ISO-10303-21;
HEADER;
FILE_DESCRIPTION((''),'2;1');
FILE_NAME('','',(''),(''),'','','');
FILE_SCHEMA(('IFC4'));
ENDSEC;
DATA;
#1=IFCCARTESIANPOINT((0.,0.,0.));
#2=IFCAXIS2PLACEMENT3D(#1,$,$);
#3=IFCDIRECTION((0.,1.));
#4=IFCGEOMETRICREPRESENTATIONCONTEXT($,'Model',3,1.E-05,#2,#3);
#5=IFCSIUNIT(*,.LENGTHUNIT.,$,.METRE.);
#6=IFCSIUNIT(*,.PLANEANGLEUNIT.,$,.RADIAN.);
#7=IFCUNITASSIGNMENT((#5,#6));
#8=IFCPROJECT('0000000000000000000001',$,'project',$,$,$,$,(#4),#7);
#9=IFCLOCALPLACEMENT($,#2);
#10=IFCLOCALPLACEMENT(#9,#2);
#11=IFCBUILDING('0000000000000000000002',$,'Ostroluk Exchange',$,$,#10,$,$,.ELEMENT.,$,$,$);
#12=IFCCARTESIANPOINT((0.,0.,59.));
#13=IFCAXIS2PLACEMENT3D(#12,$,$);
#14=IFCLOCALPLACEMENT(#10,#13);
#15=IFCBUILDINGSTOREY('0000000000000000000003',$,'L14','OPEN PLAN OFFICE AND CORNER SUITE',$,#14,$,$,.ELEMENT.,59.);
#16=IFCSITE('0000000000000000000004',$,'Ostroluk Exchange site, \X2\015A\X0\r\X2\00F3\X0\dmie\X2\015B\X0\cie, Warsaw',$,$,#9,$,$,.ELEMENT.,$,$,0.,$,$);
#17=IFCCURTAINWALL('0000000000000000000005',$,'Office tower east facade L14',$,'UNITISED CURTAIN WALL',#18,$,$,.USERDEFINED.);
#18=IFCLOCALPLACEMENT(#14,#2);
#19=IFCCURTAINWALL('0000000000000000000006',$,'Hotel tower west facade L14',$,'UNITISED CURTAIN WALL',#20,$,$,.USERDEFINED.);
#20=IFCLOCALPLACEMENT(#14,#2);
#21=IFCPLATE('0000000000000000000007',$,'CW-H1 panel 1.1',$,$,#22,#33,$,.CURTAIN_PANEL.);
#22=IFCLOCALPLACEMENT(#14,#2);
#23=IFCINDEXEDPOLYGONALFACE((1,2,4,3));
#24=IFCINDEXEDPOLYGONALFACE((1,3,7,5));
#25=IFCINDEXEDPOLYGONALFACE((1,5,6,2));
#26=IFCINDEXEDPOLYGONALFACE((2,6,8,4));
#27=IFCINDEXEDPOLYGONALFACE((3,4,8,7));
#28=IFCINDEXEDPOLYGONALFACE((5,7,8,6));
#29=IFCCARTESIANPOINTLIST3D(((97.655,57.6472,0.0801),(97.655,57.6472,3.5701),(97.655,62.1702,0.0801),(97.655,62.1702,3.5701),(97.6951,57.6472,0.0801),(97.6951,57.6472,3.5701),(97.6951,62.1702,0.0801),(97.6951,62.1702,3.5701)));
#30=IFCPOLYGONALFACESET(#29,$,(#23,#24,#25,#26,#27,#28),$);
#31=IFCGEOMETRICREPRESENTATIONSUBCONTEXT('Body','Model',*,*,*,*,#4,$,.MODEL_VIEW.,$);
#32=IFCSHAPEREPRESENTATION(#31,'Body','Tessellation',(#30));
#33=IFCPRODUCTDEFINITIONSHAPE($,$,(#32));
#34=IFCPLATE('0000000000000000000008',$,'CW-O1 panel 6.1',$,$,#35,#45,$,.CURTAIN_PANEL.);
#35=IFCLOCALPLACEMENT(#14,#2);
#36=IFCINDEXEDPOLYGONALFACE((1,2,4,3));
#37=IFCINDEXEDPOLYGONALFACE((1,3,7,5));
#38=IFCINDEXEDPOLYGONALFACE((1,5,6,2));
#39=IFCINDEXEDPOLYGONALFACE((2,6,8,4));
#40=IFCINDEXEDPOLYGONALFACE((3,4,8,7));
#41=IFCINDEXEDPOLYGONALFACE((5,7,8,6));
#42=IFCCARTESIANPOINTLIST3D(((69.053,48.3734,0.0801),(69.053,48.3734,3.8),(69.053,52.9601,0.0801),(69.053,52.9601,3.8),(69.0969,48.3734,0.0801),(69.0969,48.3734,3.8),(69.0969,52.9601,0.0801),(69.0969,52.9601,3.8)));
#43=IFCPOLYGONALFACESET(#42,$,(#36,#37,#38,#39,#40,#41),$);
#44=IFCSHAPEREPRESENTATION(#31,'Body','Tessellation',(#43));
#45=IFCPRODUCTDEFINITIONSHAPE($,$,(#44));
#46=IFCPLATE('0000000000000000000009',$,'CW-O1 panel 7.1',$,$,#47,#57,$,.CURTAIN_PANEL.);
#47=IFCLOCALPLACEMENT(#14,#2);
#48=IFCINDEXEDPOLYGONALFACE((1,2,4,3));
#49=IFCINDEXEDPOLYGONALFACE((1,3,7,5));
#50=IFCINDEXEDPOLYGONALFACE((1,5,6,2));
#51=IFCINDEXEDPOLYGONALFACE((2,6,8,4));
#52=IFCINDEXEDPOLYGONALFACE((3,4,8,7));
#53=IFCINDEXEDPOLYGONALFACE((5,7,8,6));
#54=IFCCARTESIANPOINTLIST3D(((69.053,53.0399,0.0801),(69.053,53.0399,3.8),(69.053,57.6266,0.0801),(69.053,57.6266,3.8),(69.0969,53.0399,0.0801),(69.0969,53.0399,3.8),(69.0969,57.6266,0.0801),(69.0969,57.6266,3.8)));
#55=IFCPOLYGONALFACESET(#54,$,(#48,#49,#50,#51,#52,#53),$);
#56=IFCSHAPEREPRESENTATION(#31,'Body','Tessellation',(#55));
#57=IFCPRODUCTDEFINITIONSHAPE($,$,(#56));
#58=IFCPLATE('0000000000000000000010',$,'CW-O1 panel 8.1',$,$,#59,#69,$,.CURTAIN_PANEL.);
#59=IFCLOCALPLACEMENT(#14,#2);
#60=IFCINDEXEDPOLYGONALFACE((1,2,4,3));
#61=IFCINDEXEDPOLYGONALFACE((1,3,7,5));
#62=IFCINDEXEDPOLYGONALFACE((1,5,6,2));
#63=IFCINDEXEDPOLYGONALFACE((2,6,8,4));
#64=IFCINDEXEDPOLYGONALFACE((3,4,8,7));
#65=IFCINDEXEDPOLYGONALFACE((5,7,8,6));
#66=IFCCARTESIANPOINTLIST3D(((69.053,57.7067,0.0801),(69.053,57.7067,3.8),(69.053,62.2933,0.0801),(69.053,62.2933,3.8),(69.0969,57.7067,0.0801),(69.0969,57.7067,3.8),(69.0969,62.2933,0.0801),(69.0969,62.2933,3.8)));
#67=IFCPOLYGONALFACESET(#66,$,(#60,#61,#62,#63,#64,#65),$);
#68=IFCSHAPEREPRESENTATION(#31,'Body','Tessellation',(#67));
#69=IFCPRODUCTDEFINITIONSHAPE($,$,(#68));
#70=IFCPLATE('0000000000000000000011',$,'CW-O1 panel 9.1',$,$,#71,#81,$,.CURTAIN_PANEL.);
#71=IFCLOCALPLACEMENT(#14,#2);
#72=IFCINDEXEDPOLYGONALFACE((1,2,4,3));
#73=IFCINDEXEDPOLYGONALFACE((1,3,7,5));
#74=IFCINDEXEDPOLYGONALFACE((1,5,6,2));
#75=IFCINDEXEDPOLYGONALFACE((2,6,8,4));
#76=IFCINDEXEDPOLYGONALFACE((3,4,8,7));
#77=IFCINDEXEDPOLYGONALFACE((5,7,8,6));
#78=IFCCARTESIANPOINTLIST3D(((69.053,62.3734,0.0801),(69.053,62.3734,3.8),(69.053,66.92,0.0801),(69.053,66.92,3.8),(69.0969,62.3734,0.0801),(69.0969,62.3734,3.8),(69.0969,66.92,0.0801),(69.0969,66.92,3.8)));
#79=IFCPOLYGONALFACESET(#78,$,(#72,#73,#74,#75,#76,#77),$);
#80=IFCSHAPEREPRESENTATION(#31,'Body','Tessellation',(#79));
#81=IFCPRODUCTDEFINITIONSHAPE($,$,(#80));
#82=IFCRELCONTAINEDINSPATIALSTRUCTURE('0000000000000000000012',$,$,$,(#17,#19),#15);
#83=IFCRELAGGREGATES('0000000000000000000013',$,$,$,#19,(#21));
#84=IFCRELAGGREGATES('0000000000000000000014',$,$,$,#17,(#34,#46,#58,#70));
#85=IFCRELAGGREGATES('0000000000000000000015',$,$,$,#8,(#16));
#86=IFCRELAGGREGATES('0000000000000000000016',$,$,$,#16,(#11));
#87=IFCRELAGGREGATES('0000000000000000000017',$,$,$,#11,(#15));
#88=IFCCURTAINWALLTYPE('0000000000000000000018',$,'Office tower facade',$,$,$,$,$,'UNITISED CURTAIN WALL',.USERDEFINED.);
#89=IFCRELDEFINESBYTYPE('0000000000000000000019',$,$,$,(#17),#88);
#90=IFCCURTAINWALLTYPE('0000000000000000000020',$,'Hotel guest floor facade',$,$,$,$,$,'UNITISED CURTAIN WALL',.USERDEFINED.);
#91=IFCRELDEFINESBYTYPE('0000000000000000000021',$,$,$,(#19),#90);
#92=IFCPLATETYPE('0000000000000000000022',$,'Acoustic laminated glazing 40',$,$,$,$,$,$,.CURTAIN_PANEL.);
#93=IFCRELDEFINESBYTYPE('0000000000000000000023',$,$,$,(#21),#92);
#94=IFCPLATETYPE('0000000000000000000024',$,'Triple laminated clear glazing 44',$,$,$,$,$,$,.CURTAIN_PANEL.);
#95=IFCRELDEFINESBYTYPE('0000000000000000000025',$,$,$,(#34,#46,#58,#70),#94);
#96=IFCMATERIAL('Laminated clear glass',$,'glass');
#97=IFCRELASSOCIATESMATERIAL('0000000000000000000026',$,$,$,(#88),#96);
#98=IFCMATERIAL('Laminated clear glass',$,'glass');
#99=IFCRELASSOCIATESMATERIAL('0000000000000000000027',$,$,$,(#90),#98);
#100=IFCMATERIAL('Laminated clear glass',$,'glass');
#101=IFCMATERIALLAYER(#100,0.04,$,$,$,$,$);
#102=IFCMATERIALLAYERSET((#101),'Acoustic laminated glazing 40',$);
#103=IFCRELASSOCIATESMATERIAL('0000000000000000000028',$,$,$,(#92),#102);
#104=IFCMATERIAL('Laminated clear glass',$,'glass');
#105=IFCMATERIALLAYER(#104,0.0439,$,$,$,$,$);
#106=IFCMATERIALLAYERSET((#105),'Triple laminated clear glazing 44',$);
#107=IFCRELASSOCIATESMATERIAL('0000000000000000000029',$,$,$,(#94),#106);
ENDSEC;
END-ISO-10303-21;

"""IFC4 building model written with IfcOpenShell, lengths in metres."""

from ifc_helpers import new_model, si_unit, direction, frame, origin, origin_2d, place, context, subcontext, project, spatial, rectangle, extrude, material, layer, layer_set, type_object, element, aggregate, save


model = new_model("IFC4")

# Units and contexts
model_context = context("Model", 3, precision=1e-05, world=origin(), true_north=direction((0.0, 1.0)))
body_context = subcontext(model_context, "Body", "Model", "MODEL_VIEW")
ifc_project = project(units=[si_unit("LENGTHUNIT", "METRE"), si_unit("PLANEANGLEUNIT", "RADIAN")], contexts=[model_context])

# Site, building, storey
site_placement = place(None, origin())
site = spatial("IfcSite", under=ifc_project, at=site_placement, Name="Ostroluk Exchange site, Śródmieście, Warsaw", CompositionType="ELEMENT", RefElevation=0.0)
building_placement = place(site_placement, origin())
building = spatial("IfcBuilding", under=site, at=building_placement, Name="Ostroluk Exchange", CompositionType="ELEMENT")
storey_placement = place(building_placement, frame((0.0, 0.0, 59.0)))
storey = spatial("IfcBuildingStorey", under=building, at=storey_placement, Name="L14", Description="OPEN PLAN OFFICE AND CORNER SUITE", CompositionType="ELEMENT", Elevation=59.0)

# Curtain walls
ifc_material_1 = material(Name="Laminated clear glass", Category="glass")
curtain_wall_type_1 = type_object("IfcCurtainWallType", Name="Office tower facade", ElementType="UNITISED CURTAIN WALL", PredefinedType="USERDEFINED", material=ifc_material_1)
curtain_wall_1_placement = place(storey_placement, origin())
curtain_wall_1 = element("IfcCurtainWall", 1, at=curtain_wall_1_placement, inside=storey, type_object=curtain_wall_type_1, Name="Office tower east facade L14", ObjectType="UNITISED CURTAIN WALL", PredefinedType="USERDEFINED")
ifc_material_2 = material(Name="Laminated clear glass", Category="glass")
curtain_wall_type_2 = type_object("IfcCurtainWallType", Name="Hotel guest floor facade", ElementType="UNITISED CURTAIN WALL", PredefinedType="USERDEFINED", material=ifc_material_2)
curtain_wall_2_placement = place(storey_placement, origin())
curtain_wall_2 = element("IfcCurtainWall", 2, at=curtain_wall_2_placement, inside=storey, type_object=curtain_wall_type_2, Name="Hotel tower west facade L14", ObjectType="UNITISED CURTAIN WALL", PredefinedType="USERDEFINED")

# Plates
ifc_material_3 = material(Name="Laminated clear glass", Category="glass")
ifc_layer_1 = layer(ifc_material_3, 0.04)
ifc_layer_set_1 = layer_set([ifc_layer_1], Name="Acoustic laminated glazing 40")
plate_type_1 = type_object("IfcPlateType", Name="Acoustic laminated glazing 40", PredefinedType="CURTAIN_PANEL", material=ifc_layer_set_1)
plate_1_placement = place(storey_placement, frame((97.675, 59.9087, 0.0801), z_axis=(0.0, 0.0, 1.0), x_axis=(0.0, -1.0, 0.0)))
plate_1 = element("IfcPlate", 3, at=plate_1_placement, type_object=plate_type_1, Name="CW-H1 panel 1.1", PredefinedType="CURTAIN_PANEL", context=body_context, shape_type="SweptSolid", body=[
    extrude(rectangle(XDim=4.5229, YDim=0.04, at=origin_2d()), origin(), (0.0, 0.0, 1.0), 3.49),
])
aggregate(curtain_wall_2, [plate_1])
ifc_material_4 = material(Name="Laminated clear glass", Category="glass")
ifc_layer_2 = layer(ifc_material_4, 0.0439)
ifc_layer_set_2 = layer_set([ifc_layer_2], Name="Triple laminated clear glazing 44")
plate_type_2 = type_object("IfcPlateType", Name="Triple laminated clear glazing 44", PredefinedType="CURTAIN_PANEL", material=ifc_layer_set_2)
plate_2_placement = place(storey_placement, frame((69.075, 50.6667, 0.0801), z_axis=(0.0, 0.0, 1.0), x_axis=(0.0, 1.0, 0.0)))
plate_2 = element("IfcPlate", 4, at=plate_2_placement, type_object=plate_type_2, Name="CW-O1 panel 6.1", PredefinedType="CURTAIN_PANEL", context=body_context, shape_type="SweptSolid", body=[
    extrude(rectangle(XDim=4.5867, YDim=0.0439, at=origin_2d()), origin(), (0.0, 0.0, 1.0), 3.72),
])
plate_3_placement = place(storey_placement, frame((69.075, 55.3333, 0.0801), z_axis=(0.0, 0.0, 1.0), x_axis=(0.0, 1.0, 0.0)))
plate_3 = element("IfcPlate", 5, at=plate_3_placement, type_object=plate_type_2, Name="CW-O1 panel 7.1", PredefinedType="CURTAIN_PANEL", context=body_context, shape_type="SweptSolid", body=[
    extrude(rectangle(XDim=4.5867, YDim=0.0439, at=origin_2d()), origin(), (0.0, 0.0, 1.0), 3.72),
])
plate_4_placement = place(storey_placement, frame((69.075, 60.0, 0.0801), z_axis=(0.0, 0.0, 1.0), x_axis=(0.0, 1.0, 0.0)))
plate_4 = element("IfcPlate", 6, at=plate_4_placement, type_object=plate_type_2, Name="CW-O1 panel 8.1", PredefinedType="CURTAIN_PANEL", context=body_context, shape_type="SweptSolid", body=[
    extrude(rectangle(XDim=4.5867, YDim=0.0439, at=origin_2d()), origin(), (0.0, 0.0, 1.0), 3.72),
])
plate_5_placement = place(storey_placement, frame((69.075, 64.6467, 0.0801), z_axis=(0.0, 0.0, 1.0), x_axis=(0.0, 1.0, 0.0)))
plate_5 = element("IfcPlate", 7, at=plate_5_placement, type_object=plate_type_2, Name="CW-O1 panel 9.1", PredefinedType="CURTAIN_PANEL", context=body_context, shape_type="SweptSolid", body=[
    extrude(rectangle(XDim=4.5466, YDim=0.0439, at=origin_2d()), origin(), (0.0, 0.0, 1.0), 3.72),
])
aggregate(curtain_wall_1, [plate_2, plate_3, plate_4, plate_5])

save(model, "model.ifc")
